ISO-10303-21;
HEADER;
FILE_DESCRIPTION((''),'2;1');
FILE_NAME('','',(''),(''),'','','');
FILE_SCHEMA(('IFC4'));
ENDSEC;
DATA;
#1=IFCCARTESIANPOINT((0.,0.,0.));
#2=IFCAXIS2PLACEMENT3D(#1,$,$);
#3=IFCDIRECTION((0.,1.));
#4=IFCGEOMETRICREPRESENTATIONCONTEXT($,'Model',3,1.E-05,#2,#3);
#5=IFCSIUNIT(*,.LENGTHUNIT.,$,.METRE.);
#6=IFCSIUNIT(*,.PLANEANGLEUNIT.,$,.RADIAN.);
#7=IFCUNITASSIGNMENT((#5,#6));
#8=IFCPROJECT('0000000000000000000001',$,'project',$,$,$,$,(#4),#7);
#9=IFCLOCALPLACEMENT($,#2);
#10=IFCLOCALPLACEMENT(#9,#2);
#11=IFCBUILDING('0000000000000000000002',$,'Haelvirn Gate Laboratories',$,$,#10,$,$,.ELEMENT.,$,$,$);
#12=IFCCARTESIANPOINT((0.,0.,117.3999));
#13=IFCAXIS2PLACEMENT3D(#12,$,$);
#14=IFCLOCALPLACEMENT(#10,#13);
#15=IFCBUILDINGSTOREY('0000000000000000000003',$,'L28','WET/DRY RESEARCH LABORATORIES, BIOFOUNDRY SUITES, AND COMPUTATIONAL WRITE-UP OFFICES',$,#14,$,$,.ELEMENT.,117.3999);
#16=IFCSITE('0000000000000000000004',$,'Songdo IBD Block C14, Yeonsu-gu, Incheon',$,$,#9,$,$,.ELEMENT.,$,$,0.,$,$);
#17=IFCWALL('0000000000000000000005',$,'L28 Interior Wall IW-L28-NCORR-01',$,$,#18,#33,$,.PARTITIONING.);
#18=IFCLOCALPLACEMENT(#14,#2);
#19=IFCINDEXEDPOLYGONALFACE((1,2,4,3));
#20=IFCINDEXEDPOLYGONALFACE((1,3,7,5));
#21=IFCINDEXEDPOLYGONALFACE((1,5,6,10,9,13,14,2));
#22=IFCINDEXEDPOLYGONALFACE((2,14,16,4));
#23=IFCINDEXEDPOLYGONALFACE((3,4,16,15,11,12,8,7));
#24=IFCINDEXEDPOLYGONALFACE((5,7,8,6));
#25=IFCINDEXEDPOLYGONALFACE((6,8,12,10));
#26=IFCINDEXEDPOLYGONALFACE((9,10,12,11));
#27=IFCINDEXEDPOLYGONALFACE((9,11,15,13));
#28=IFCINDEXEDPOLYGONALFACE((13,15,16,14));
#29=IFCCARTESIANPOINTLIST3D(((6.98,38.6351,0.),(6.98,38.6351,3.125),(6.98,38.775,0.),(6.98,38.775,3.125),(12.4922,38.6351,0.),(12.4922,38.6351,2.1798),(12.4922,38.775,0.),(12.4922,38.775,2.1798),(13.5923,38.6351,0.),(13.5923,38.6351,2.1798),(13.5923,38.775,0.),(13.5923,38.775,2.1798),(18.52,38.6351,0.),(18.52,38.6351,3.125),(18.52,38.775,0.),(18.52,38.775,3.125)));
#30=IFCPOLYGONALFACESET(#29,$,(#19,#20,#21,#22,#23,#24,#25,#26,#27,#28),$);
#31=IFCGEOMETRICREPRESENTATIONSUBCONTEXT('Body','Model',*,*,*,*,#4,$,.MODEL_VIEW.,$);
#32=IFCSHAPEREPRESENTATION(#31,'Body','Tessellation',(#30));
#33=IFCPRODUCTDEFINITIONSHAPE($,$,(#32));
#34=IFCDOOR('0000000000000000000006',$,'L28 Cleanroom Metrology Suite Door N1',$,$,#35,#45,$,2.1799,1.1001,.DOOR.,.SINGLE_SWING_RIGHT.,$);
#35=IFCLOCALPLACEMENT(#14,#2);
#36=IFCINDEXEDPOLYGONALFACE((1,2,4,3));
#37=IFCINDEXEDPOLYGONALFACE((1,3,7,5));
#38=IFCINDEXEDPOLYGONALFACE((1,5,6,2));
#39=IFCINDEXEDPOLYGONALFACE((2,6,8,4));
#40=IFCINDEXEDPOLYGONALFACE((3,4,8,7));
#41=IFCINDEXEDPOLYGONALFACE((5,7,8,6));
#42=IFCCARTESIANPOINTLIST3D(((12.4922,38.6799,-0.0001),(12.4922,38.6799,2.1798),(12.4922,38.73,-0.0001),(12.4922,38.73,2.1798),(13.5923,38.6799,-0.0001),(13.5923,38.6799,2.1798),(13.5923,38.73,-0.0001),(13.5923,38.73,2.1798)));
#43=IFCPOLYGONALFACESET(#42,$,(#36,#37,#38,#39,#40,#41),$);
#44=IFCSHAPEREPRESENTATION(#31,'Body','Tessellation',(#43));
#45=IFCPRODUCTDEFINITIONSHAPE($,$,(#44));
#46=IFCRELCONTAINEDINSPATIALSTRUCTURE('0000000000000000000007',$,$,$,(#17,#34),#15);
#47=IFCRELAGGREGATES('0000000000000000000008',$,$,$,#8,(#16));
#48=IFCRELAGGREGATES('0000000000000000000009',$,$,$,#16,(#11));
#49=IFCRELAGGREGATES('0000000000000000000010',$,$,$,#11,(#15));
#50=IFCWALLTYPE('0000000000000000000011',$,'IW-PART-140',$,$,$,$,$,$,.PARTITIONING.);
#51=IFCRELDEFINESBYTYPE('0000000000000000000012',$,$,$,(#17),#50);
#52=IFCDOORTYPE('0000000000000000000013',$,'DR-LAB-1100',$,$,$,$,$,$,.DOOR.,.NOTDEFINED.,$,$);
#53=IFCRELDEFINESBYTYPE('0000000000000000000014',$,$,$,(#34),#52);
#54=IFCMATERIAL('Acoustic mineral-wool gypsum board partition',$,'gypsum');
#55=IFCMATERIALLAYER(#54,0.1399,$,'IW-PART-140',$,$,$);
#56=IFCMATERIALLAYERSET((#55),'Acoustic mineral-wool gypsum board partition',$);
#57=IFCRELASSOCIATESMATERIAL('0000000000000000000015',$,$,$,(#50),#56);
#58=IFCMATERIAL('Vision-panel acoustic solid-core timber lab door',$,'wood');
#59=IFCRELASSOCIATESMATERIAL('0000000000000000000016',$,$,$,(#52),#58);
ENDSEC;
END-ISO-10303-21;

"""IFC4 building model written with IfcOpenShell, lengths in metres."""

from ifc_helpers import new_model, si_unit, direction, frame, frame_2d, origin, place, context, subcontext, project, spatial, rectangle, extrude, source, transform, mapped, material, layer, layer_set, type_object, type_shapes, element, fill, save


model = new_model("IFC4")

# Units and contexts
model_context = context("Model", 3, precision=1e-05, world=origin(), true_north=direction((0.0, 1.0)))
body_context = subcontext(model_context, "Body", "Model", "MODEL_VIEW")
ifc_project = project(units=[si_unit("LENGTHUNIT", "METRE"), si_unit("PLANEANGLEUNIT", "RADIAN")], contexts=[model_context])

# Site, building, storey
site_placement = place(None, origin())
site = spatial("IfcSite", under=ifc_project, at=site_placement, Name="Songdo IBD Block C14, Yeonsu-gu, Incheon", CompositionType="ELEMENT", RefElevation=0.0)
building_placement = place(site_placement, origin())
building = spatial("IfcBuilding", under=site, at=building_placement, Name="Haelvirn Gate Laboratories", CompositionType="ELEMENT")
storey_placement = place(building_placement, frame((0.0, 0.0, 117.3999)))
storey = spatial("IfcBuildingStorey", under=building, at=storey_placement, Name="L28", Description="WET/DRY RESEARCH LABORATORIES, BIOFOUNDRY SUITES, AND COMPUTATIONAL WRITE-UP OFFICES", CompositionType="ELEMENT", Elevation=117.3999)

# Wall, opening, door
ifc_material_1 = material(Name="Acoustic mineral-wool gypsum board partition", Category="gypsum")
ifc_layer_1 = layer(ifc_material_1, 0.1399, Name="IW-PART-140")
ifc_layer_set_1 = layer_set([ifc_layer_1], Name="Acoustic mineral-wool gypsum board partition")
wall_type_1 = type_object("IfcWallType", Name="IW-PART-140", PredefinedType="PARTITIONING", material=ifc_layer_set_1)
wall_1_placement = place(storey_placement, frame((6.98, 38.7051, 0.0), z_axis=(0.0, 0.0, 1.0), x_axis=(1.0, 0.0, 0.0)))
wall_1 = element("IfcWall", 1, at=wall_1_placement, inside=storey, type_object=wall_type_1, Name="L28 Interior Wall IW-L28-NCORR-01", PredefinedType="PARTITIONING", context=body_context, shape_type="SweptSolid", body=[
    extrude(rectangle(XDim=11.54, YDim=0.1399, at=frame_2d((5.77, 0.0))), origin(), (0.0, 0.0, 1.0), 3.125),
])
opening_1_placement = place(wall_1_placement, frame((5.5122, 0.0, 0.0)))
opening_1 = element("IfcOpeningElement", 2, at=opening_1_placement, cuts=wall_1, PredefinedType="OPENING", context=body_context, shape_type="SweptSolid", body=[
    extrude(rectangle(XDim=1.1001, YDim=2.1799, at=frame_2d((0.55, 1.0898))), frame((0.0, 0.0801, 0.0), z_axis=(0.0, -1.0, 0.0), x_axis=(1.0, 0.0, 0.0)), (0.0, 0.0, 1.0), 0.1599),
])
ifc_material_2 = material(Name="Vision-panel acoustic solid-core timber lab door", Category="wood")
door_type_1 = type_object("IfcDoorType", Name="DR-LAB-1100", OperationType="NOTDEFINED", PredefinedType="DOOR", material=ifc_material_2)
shared_shape_1 = source(origin(), body_context, "Body", "SweptSolid", [
    extrude(rectangle(XDim=1.1001, YDim=2.1799, at=frame_2d((0.55, 1.0898))), frame((0.0, 0.0249, 0.0), z_axis=(0.0, -1.0, 0.0), x_axis=(1.0, 0.0, 0.0)), (0.0, 0.0, 1.0), 0.05),
])
type_shapes(door_type_1, [shared_shape_1])
door_1_placement = place(opening_1_placement, origin())
door_1 = element("IfcDoor", 3, at=door_1_placement, inside=storey, type_object=door_type_1, Name="L28 Cleanroom Metrology Suite Door N1", OperationType="SINGLE_SWING_RIGHT", OverallHeight=2.1799, OverallWidth=1.1001, PredefinedType="DOOR", context=body_context, shape_type="MappedRepresentation", body=[
    mapped(shared_shape_1, transform((0.0, 0.0, 0.0), scale=1.0)),
])
fill(opening_1, door_1)

save(model, "model.ifc")
